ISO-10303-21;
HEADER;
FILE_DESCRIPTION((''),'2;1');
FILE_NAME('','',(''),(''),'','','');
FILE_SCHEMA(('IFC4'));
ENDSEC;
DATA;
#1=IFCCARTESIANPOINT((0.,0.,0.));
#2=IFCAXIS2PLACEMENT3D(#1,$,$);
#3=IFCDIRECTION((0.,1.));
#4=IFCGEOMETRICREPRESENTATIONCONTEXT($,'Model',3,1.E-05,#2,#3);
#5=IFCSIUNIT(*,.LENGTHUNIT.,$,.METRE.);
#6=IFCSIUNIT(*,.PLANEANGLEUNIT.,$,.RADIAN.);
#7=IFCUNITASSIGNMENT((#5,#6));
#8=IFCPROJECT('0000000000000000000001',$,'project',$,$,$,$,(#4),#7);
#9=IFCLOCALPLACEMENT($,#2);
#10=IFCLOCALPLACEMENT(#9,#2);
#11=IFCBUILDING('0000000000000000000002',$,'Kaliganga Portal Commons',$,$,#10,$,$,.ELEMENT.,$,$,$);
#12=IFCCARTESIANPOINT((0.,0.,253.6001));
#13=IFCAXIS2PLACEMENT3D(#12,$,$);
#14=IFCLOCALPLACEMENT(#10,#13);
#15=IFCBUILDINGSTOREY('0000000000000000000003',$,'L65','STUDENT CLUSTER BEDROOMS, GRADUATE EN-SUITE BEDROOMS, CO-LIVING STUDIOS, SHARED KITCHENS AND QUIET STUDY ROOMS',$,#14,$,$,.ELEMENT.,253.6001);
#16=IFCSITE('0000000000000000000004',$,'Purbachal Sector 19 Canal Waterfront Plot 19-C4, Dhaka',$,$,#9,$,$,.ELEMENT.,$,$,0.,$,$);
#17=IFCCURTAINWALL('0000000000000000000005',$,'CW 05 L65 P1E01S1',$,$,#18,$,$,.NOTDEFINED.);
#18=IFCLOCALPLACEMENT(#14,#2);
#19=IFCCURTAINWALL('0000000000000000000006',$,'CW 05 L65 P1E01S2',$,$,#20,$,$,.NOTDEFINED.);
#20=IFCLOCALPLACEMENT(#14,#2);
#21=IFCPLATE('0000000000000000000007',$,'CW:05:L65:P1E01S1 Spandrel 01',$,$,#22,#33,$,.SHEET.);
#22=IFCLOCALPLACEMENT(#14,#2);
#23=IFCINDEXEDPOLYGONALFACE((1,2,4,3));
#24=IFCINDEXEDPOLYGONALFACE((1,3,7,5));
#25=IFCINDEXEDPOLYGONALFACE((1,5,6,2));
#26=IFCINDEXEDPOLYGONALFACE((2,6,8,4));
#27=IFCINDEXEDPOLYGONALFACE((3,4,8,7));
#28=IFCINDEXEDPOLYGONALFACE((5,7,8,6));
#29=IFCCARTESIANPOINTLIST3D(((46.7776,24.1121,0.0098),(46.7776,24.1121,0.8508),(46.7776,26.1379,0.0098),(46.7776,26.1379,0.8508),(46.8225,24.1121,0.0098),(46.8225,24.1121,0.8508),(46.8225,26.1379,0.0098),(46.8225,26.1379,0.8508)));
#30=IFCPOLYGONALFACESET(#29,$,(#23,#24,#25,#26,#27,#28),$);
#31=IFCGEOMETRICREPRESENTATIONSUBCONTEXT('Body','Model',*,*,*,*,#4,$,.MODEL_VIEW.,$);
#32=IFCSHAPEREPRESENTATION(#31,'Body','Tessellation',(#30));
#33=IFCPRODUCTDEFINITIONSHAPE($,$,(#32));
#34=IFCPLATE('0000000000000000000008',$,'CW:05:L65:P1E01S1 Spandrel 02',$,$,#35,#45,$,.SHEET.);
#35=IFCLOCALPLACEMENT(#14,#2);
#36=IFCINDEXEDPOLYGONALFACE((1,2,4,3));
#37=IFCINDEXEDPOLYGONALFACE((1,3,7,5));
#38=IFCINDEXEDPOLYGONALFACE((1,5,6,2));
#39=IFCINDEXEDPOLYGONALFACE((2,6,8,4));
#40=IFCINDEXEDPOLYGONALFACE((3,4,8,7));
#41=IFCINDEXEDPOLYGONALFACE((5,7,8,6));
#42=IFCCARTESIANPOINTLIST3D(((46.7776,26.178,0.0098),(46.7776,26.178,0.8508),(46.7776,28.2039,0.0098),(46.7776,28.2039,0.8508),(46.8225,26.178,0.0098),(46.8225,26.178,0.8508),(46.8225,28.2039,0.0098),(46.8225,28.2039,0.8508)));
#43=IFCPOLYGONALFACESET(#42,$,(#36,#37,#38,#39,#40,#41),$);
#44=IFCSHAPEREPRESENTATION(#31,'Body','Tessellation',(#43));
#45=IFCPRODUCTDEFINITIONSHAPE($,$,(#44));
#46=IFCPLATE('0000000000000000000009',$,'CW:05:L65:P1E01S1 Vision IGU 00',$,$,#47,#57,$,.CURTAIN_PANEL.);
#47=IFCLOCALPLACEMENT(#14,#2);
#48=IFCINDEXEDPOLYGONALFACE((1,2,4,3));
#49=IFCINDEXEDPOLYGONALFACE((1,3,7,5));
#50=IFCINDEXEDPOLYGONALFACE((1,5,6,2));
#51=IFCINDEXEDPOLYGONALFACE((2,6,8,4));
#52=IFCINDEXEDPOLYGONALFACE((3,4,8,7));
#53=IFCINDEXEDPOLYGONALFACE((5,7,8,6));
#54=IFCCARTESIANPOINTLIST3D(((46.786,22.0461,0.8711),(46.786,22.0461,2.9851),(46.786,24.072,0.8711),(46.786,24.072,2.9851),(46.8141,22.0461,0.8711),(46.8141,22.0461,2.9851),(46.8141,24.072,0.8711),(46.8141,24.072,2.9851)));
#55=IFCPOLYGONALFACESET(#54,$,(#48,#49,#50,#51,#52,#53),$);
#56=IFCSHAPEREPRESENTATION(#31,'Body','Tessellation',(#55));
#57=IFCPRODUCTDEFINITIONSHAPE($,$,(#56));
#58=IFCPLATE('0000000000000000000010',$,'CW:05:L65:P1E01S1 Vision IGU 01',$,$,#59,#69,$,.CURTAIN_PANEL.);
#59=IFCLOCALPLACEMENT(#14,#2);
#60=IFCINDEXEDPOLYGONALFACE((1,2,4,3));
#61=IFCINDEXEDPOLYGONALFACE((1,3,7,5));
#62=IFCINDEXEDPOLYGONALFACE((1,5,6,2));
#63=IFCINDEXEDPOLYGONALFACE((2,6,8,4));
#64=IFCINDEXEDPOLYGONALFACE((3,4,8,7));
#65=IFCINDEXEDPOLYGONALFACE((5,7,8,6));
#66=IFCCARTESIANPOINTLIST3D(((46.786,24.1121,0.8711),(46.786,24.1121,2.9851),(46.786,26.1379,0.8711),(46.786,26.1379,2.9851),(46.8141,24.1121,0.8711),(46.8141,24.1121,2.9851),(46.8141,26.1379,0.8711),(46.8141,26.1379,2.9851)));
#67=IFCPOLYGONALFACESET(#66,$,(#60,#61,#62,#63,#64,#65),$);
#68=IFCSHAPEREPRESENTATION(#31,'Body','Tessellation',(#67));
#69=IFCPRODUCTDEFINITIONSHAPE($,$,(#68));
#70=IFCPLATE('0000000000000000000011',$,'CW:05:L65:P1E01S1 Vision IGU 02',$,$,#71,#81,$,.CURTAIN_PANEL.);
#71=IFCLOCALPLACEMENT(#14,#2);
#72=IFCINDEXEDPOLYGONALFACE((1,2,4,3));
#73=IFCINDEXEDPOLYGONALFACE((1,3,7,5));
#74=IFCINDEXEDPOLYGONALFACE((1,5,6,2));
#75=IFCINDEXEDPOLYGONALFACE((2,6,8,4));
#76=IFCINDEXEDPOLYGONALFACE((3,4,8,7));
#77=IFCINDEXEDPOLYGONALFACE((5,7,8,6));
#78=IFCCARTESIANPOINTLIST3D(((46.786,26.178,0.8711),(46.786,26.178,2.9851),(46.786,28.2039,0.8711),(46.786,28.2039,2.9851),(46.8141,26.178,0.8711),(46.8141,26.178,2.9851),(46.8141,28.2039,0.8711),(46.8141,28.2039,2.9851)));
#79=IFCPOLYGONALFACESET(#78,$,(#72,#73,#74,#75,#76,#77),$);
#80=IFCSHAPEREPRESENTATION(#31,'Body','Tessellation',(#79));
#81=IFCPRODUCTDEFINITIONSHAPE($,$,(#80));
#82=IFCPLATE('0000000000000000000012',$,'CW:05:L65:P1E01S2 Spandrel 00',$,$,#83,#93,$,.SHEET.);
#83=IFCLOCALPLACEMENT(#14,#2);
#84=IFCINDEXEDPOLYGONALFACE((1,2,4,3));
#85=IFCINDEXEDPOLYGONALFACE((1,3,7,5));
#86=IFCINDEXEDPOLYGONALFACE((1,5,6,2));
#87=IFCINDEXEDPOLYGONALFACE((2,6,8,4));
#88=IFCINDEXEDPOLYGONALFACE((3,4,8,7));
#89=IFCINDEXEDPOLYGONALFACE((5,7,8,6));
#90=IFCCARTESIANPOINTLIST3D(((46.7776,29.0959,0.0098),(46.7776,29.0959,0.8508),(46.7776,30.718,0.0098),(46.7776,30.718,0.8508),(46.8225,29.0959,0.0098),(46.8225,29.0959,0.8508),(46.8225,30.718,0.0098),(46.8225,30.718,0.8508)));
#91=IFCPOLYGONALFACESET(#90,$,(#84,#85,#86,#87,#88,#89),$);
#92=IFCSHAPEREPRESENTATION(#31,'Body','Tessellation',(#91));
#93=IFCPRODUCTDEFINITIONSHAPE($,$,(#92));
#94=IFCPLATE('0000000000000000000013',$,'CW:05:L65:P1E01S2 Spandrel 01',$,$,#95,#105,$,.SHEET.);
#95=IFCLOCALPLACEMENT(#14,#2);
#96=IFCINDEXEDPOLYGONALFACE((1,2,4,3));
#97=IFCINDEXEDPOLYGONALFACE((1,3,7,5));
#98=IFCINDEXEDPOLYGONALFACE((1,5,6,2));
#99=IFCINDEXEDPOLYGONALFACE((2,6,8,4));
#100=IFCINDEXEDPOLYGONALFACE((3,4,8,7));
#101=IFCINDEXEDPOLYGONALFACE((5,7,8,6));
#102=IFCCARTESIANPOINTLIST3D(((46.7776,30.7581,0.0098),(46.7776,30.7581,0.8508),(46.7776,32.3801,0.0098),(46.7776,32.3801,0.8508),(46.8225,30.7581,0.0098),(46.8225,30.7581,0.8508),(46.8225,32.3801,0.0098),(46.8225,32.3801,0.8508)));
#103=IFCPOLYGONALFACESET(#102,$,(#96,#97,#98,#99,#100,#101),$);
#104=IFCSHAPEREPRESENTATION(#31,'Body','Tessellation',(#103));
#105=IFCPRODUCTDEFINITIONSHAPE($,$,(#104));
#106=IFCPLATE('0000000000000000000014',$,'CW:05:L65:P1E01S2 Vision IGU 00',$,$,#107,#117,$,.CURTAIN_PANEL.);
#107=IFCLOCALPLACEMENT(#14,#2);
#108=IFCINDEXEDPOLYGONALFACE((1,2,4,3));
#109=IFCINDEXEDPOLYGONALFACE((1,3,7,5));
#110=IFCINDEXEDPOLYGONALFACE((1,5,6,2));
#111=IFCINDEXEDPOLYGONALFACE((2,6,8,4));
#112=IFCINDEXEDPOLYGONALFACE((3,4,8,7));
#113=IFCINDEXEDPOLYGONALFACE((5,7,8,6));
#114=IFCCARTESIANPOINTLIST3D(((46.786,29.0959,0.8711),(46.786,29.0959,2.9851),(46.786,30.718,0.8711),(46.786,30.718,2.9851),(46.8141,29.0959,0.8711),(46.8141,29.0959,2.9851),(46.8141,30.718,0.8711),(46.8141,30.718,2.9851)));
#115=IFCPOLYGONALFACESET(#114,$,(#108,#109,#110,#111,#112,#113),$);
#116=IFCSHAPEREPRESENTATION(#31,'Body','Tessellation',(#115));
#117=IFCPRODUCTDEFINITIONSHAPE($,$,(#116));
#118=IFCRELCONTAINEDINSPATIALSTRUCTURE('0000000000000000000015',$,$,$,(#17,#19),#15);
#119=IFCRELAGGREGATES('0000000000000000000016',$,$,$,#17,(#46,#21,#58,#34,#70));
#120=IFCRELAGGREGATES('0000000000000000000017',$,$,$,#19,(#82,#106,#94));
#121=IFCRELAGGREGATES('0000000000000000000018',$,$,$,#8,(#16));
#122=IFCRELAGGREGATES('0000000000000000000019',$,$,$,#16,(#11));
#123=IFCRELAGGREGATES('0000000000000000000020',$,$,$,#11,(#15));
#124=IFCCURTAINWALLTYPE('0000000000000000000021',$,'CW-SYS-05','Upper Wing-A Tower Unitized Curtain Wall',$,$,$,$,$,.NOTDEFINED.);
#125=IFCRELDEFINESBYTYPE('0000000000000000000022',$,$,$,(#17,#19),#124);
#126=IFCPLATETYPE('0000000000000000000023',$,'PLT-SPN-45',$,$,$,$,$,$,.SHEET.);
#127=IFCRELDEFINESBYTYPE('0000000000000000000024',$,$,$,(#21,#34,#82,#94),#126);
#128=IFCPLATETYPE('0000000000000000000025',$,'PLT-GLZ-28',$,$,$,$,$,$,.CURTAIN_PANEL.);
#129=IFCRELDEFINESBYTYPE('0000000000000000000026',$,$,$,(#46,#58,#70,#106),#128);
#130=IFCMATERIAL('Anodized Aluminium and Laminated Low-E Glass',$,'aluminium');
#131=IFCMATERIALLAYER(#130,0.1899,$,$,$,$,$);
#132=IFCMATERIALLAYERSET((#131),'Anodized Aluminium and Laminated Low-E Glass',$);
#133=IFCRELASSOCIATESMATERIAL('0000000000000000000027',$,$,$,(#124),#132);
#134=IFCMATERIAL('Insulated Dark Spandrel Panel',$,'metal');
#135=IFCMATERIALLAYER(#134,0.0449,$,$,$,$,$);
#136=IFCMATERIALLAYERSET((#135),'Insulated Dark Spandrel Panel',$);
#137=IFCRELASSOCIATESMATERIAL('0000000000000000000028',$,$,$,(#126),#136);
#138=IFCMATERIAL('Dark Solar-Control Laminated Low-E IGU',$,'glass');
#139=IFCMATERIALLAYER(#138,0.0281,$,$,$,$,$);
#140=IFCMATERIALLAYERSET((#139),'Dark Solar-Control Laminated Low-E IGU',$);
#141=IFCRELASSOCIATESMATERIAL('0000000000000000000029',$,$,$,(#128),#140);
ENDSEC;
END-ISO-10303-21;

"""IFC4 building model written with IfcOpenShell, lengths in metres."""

from ifc_helpers import new_model, si_unit, direction, frame, origin, origin_2d, place, context, subcontext, project, spatial, rectangle, extrude, source, transform, mapped, material, layer, layer_set, type_object, element, aggregate, save


model = new_model("IFC4")

# Units and contexts
model_context = context("Model", 3, precision=1e-05, world=origin(), true_north=direction((0.0, 1.0)))
body_context = subcontext(model_context, "Body", "Model", "MODEL_VIEW")
ifc_project = project(units=[si_unit("LENGTHUNIT", "METRE"), si_unit("PLANEANGLEUNIT", "RADIAN")], contexts=[model_context])

# Site, building, storey
site_placement = place(None, origin())
site = spatial("IfcSite", under=ifc_project, at=site_placement, Name="Purbachal Sector 19 Canal Waterfront Plot 19-C4, Dhaka", CompositionType="ELEMENT", RefElevation=0.0)
building_placement = place(site_placement, origin())
building = spatial("IfcBuilding", under=site, at=building_placement, Name="Kaliganga Portal Commons", CompositionType="ELEMENT")
storey_placement = place(building_placement, frame((0.0, 0.0, 253.6001)))
storey = spatial("IfcBuildingStorey", under=building, at=storey_placement, Name="L65", Description="STUDENT CLUSTER BEDROOMS, GRADUATE EN-SUITE BEDROOMS, CO-LIVING STUDIOS, SHARED KITCHENS AND QUIET STUDY ROOMS", CompositionType="ELEMENT", Elevation=253.6001)

# Curtain walls
ifc_material_1 = material(Name="Anodized Aluminium and Laminated Low-E Glass", Category="aluminium")
ifc_layer_1 = layer(ifc_material_1, 0.1899)
ifc_layer_set_1 = layer_set([ifc_layer_1], Name="Anodized Aluminium and Laminated Low-E Glass")
curtain_wall_type = type_object("IfcCurtainWallType", Name="CW-SYS-05", Description="Upper Wing-A Tower Unitized Curtain Wall", PredefinedType="NOTDEFINED", material=ifc_layer_set_1)
curtain_wall_1_placement = place(storey_placement, origin())
curtain_wall_1 = element("IfcCurtainWall", 1, at=curtain_wall_1_placement, inside=storey, type_object=curtain_wall_type, Name="CW 05 L65 P1E01S1", PredefinedType="NOTDEFINED")
curtain_wall_2_placement = place(storey_placement, origin())
curtain_wall_2 = element("IfcCurtainWall", 2, at=curtain_wall_2_placement, inside=storey, type_object=curtain_wall_type, Name="CW 05 L65 P1E01S2", PredefinedType="NOTDEFINED")

# Plates
ifc_material_2 = material(Name="Insulated Dark Spandrel Panel", Category="metal")
ifc_layer_2 = layer(ifc_material_2, 0.0449)
ifc_layer_set_2 = layer_set([ifc_layer_2], Name="Insulated Dark Spandrel Panel")
plate_type_1 = type_object("IfcPlateType", Name="PLT-SPN-45", PredefinedType="SHEET", material=ifc_layer_set_2)
shared_shape_1 = source(origin(), body_context, "Body", "SweptSolid", [
    extrude(rectangle(XDim=2.0259, YDim=0.0449, at=origin_2d()), origin(), (0.0, 0.0, 1.0), 0.8411),
])
plate_1_placement = place(storey_placement, frame((46.8, 25.125, 0.0098), z_axis=(0.0, 0.0, 1.0), x_axis=(0.0, 1.0, 0.0)))
plate_1 = element("IfcPlate", 3, at=plate_1_placement, type_object=plate_type_1, Name="CW:05:L65:P1E01S1 Spandrel 01", PredefinedType="SHEET", context=body_context, shape_type="MappedRepresentation", body=[
    mapped(shared_shape_1, transform((0.0, 0.0, 0.0), x_axis=(1.0, 0.0, 0.0), y_axis=(0.0, 1.0, 0.0), z_axis=(0.0, 0.0, 1.0), scale=1.0)),
])
plate_2_placement = place(storey_placement, frame((46.8, 27.1909, 0.0098), z_axis=(0.0, 0.0, 1.0), x_axis=(0.0, 1.0, 0.0)))
plate_2 = element("IfcPlate", 4, at=plate_2_placement, type_object=plate_type_1, Name="CW:05:L65:P1E01S1 Spandrel 02", PredefinedType="SHEET", context=body_context, shape_type="MappedRepresentation", body=[
    mapped(shared_shape_1, transform((0.0, 0.0, 0.0), x_axis=(1.0, 0.0, 0.0), y_axis=(0.0, 1.0, 0.0), z_axis=(0.0, 0.0, 1.0), scale=1.0)),
])
ifc_material_3 = material(Name="Dark Solar-Control Laminated Low-E IGU", Category="glass")
ifc_layer_3 = layer(ifc_material_3, 0.0281)
ifc_layer_set_3 = layer_set([ifc_layer_3], Name="Dark Solar-Control Laminated Low-E IGU")
plate_type_2 = type_object("IfcPlateType", Name="PLT-GLZ-28", PredefinedType="CURTAIN_PANEL", material=ifc_layer_set_3)
shared_shape_2 = source(origin(), body_context, "Body", "SweptSolid", [
    extrude(rectangle(XDim=2.0259, YDim=0.0281, at=origin_2d()), origin(), (0.0, 0.0, 1.0), 2.114),
])
plate_3_placement = place(storey_placement, frame((46.8, 23.0591, 0.8711), z_axis=(0.0, 0.0, 1.0), x_axis=(0.0, 1.0, 0.0)))
plate_3 = element("IfcPlate", 5, at=plate_3_placement, type_object=plate_type_2, Name="CW:05:L65:P1E01S1 Vision IGU 00", PredefinedType="CURTAIN_PANEL", context=body_context, shape_type="MappedRepresentation", body=[
    mapped(shared_shape_2, transform((0.0, 0.0, 0.0), x_axis=(1.0, 0.0, 0.0), y_axis=(0.0, 1.0, 0.0), z_axis=(0.0, 0.0, 1.0), scale=1.0)),
])
plate_4_placement = place(storey_placement, frame((46.8, 25.125, 0.8711), z_axis=(0.0, 0.0, 1.0), x_axis=(0.0, 1.0, 0.0)))
plate_4 = element("IfcPlate", 6, at=plate_4_placement, type_object=plate_type_2, Name="CW:05:L65:P1E01S1 Vision IGU 01", PredefinedType="CURTAIN_PANEL", context=body_context, shape_type="MappedRepresentation", body=[
    mapped(shared_shape_2, transform((0.0, 0.0, 0.0), x_axis=(1.0, 0.0, 0.0), y_axis=(0.0, 1.0, 0.0), z_axis=(0.0, 0.0, 1.0), scale=1.0)),
])
plate_5_placement = place(storey_placement, frame((46.8, 27.1909, 0.8711), z_axis=(0.0, 0.0, 1.0), x_axis=(0.0, 1.0, 0.0)))
plate_5 = element("IfcPlate", 7, at=plate_5_placement, type_object=plate_type_2, Name="CW:05:L65:P1E01S1 Vision IGU 02", PredefinedType="CURTAIN_PANEL", context=body_context, shape_type="MappedRepresentation", body=[
    mapped(shared_shape_2, transform((0.0, 0.0, 0.0), x_axis=(1.0, 0.0, 0.0), y_axis=(0.0, 1.0, 0.0), z_axis=(0.0, 0.0, 1.0), scale=1.0)),
])
aggregate(curtain_wall_1, [plate_3, plate_1, plate_4, plate_2, plate_5])
shared_shape_3 = source(origin(), body_context, "Body", "SweptSolid", [
    extrude(rectangle(XDim=1.6221, YDim=0.0449, at=origin_2d()), origin(), (0.0, 0.0, 1.0), 0.8411),
])
plate_6_placement = place(storey_placement, frame((46.8, 29.907, 0.0098), z_axis=(0.0, 0.0, 1.0), x_axis=(0.0, 1.0, 0.0)))
plate_6 = element("IfcPlate", 8, at=plate_6_placement, type_object=plate_type_1, Name="CW:05:L65:P1E01S2 Spandrel 00", PredefinedType="SHEET", context=body_context, shape_type="MappedRepresentation", body=[
    mapped(shared_shape_3, transform((0.0, 0.0, 0.0), x_axis=(1.0, 0.0, 0.0), y_axis=(0.0, 1.0, 0.0), z_axis=(0.0, 0.0, 1.0), scale=1.0)),
])
plate_7_placement = place(storey_placement, frame((46.8, 31.5691, 0.0098), z_axis=(0.0, 0.0, 1.0), x_axis=(0.0, 1.0, 0.0)))
plate_7 = element("IfcPlate", 9, at=plate_7_placement, type_object=plate_type_1, Name="CW:05:L65:P1E01S2 Spandrel 01", PredefinedType="SHEET", context=body_context, shape_type="MappedRepresentation", body=[
    mapped(shared_shape_3, transform((0.0, 0.0, 0.0), x_axis=(1.0, 0.0, 0.0), y_axis=(0.0, 1.0, 0.0), z_axis=(0.0, 0.0, 1.0), scale=1.0)),
])
shared_shape_4 = source(origin(), body_context, "Body", "SweptSolid", [
    extrude(rectangle(XDim=1.6221, YDim=0.0281, at=origin_2d()), origin(), (0.0, 0.0, 1.0), 2.114),
])
plate_8_placement = place(storey_placement, frame((46.8, 29.907, 0.8711), z_axis=(0.0, 0.0, 1.0), x_axis=(0.0, 1.0, 0.0)))
plate_8 = element("IfcPlate", 10, at=plate_8_placement, type_object=plate_type_2, Name="CW:05:L65:P1E01S2 Vision IGU 00", PredefinedType="CURTAIN_PANEL", context=body_context, shape_type="MappedRepresentation", body=[
    mapped(shared_shape_4, transform((0.0, 0.0, 0.0), x_axis=(1.0, 0.0, 0.0), y_axis=(0.0, 1.0, 0.0), z_axis=(0.0, 0.0, 1.0), scale=1.0)),
])
aggregate(curtain_wall_2, [plate_6, plate_8, plate_7])

save(model, "model.ifc")
